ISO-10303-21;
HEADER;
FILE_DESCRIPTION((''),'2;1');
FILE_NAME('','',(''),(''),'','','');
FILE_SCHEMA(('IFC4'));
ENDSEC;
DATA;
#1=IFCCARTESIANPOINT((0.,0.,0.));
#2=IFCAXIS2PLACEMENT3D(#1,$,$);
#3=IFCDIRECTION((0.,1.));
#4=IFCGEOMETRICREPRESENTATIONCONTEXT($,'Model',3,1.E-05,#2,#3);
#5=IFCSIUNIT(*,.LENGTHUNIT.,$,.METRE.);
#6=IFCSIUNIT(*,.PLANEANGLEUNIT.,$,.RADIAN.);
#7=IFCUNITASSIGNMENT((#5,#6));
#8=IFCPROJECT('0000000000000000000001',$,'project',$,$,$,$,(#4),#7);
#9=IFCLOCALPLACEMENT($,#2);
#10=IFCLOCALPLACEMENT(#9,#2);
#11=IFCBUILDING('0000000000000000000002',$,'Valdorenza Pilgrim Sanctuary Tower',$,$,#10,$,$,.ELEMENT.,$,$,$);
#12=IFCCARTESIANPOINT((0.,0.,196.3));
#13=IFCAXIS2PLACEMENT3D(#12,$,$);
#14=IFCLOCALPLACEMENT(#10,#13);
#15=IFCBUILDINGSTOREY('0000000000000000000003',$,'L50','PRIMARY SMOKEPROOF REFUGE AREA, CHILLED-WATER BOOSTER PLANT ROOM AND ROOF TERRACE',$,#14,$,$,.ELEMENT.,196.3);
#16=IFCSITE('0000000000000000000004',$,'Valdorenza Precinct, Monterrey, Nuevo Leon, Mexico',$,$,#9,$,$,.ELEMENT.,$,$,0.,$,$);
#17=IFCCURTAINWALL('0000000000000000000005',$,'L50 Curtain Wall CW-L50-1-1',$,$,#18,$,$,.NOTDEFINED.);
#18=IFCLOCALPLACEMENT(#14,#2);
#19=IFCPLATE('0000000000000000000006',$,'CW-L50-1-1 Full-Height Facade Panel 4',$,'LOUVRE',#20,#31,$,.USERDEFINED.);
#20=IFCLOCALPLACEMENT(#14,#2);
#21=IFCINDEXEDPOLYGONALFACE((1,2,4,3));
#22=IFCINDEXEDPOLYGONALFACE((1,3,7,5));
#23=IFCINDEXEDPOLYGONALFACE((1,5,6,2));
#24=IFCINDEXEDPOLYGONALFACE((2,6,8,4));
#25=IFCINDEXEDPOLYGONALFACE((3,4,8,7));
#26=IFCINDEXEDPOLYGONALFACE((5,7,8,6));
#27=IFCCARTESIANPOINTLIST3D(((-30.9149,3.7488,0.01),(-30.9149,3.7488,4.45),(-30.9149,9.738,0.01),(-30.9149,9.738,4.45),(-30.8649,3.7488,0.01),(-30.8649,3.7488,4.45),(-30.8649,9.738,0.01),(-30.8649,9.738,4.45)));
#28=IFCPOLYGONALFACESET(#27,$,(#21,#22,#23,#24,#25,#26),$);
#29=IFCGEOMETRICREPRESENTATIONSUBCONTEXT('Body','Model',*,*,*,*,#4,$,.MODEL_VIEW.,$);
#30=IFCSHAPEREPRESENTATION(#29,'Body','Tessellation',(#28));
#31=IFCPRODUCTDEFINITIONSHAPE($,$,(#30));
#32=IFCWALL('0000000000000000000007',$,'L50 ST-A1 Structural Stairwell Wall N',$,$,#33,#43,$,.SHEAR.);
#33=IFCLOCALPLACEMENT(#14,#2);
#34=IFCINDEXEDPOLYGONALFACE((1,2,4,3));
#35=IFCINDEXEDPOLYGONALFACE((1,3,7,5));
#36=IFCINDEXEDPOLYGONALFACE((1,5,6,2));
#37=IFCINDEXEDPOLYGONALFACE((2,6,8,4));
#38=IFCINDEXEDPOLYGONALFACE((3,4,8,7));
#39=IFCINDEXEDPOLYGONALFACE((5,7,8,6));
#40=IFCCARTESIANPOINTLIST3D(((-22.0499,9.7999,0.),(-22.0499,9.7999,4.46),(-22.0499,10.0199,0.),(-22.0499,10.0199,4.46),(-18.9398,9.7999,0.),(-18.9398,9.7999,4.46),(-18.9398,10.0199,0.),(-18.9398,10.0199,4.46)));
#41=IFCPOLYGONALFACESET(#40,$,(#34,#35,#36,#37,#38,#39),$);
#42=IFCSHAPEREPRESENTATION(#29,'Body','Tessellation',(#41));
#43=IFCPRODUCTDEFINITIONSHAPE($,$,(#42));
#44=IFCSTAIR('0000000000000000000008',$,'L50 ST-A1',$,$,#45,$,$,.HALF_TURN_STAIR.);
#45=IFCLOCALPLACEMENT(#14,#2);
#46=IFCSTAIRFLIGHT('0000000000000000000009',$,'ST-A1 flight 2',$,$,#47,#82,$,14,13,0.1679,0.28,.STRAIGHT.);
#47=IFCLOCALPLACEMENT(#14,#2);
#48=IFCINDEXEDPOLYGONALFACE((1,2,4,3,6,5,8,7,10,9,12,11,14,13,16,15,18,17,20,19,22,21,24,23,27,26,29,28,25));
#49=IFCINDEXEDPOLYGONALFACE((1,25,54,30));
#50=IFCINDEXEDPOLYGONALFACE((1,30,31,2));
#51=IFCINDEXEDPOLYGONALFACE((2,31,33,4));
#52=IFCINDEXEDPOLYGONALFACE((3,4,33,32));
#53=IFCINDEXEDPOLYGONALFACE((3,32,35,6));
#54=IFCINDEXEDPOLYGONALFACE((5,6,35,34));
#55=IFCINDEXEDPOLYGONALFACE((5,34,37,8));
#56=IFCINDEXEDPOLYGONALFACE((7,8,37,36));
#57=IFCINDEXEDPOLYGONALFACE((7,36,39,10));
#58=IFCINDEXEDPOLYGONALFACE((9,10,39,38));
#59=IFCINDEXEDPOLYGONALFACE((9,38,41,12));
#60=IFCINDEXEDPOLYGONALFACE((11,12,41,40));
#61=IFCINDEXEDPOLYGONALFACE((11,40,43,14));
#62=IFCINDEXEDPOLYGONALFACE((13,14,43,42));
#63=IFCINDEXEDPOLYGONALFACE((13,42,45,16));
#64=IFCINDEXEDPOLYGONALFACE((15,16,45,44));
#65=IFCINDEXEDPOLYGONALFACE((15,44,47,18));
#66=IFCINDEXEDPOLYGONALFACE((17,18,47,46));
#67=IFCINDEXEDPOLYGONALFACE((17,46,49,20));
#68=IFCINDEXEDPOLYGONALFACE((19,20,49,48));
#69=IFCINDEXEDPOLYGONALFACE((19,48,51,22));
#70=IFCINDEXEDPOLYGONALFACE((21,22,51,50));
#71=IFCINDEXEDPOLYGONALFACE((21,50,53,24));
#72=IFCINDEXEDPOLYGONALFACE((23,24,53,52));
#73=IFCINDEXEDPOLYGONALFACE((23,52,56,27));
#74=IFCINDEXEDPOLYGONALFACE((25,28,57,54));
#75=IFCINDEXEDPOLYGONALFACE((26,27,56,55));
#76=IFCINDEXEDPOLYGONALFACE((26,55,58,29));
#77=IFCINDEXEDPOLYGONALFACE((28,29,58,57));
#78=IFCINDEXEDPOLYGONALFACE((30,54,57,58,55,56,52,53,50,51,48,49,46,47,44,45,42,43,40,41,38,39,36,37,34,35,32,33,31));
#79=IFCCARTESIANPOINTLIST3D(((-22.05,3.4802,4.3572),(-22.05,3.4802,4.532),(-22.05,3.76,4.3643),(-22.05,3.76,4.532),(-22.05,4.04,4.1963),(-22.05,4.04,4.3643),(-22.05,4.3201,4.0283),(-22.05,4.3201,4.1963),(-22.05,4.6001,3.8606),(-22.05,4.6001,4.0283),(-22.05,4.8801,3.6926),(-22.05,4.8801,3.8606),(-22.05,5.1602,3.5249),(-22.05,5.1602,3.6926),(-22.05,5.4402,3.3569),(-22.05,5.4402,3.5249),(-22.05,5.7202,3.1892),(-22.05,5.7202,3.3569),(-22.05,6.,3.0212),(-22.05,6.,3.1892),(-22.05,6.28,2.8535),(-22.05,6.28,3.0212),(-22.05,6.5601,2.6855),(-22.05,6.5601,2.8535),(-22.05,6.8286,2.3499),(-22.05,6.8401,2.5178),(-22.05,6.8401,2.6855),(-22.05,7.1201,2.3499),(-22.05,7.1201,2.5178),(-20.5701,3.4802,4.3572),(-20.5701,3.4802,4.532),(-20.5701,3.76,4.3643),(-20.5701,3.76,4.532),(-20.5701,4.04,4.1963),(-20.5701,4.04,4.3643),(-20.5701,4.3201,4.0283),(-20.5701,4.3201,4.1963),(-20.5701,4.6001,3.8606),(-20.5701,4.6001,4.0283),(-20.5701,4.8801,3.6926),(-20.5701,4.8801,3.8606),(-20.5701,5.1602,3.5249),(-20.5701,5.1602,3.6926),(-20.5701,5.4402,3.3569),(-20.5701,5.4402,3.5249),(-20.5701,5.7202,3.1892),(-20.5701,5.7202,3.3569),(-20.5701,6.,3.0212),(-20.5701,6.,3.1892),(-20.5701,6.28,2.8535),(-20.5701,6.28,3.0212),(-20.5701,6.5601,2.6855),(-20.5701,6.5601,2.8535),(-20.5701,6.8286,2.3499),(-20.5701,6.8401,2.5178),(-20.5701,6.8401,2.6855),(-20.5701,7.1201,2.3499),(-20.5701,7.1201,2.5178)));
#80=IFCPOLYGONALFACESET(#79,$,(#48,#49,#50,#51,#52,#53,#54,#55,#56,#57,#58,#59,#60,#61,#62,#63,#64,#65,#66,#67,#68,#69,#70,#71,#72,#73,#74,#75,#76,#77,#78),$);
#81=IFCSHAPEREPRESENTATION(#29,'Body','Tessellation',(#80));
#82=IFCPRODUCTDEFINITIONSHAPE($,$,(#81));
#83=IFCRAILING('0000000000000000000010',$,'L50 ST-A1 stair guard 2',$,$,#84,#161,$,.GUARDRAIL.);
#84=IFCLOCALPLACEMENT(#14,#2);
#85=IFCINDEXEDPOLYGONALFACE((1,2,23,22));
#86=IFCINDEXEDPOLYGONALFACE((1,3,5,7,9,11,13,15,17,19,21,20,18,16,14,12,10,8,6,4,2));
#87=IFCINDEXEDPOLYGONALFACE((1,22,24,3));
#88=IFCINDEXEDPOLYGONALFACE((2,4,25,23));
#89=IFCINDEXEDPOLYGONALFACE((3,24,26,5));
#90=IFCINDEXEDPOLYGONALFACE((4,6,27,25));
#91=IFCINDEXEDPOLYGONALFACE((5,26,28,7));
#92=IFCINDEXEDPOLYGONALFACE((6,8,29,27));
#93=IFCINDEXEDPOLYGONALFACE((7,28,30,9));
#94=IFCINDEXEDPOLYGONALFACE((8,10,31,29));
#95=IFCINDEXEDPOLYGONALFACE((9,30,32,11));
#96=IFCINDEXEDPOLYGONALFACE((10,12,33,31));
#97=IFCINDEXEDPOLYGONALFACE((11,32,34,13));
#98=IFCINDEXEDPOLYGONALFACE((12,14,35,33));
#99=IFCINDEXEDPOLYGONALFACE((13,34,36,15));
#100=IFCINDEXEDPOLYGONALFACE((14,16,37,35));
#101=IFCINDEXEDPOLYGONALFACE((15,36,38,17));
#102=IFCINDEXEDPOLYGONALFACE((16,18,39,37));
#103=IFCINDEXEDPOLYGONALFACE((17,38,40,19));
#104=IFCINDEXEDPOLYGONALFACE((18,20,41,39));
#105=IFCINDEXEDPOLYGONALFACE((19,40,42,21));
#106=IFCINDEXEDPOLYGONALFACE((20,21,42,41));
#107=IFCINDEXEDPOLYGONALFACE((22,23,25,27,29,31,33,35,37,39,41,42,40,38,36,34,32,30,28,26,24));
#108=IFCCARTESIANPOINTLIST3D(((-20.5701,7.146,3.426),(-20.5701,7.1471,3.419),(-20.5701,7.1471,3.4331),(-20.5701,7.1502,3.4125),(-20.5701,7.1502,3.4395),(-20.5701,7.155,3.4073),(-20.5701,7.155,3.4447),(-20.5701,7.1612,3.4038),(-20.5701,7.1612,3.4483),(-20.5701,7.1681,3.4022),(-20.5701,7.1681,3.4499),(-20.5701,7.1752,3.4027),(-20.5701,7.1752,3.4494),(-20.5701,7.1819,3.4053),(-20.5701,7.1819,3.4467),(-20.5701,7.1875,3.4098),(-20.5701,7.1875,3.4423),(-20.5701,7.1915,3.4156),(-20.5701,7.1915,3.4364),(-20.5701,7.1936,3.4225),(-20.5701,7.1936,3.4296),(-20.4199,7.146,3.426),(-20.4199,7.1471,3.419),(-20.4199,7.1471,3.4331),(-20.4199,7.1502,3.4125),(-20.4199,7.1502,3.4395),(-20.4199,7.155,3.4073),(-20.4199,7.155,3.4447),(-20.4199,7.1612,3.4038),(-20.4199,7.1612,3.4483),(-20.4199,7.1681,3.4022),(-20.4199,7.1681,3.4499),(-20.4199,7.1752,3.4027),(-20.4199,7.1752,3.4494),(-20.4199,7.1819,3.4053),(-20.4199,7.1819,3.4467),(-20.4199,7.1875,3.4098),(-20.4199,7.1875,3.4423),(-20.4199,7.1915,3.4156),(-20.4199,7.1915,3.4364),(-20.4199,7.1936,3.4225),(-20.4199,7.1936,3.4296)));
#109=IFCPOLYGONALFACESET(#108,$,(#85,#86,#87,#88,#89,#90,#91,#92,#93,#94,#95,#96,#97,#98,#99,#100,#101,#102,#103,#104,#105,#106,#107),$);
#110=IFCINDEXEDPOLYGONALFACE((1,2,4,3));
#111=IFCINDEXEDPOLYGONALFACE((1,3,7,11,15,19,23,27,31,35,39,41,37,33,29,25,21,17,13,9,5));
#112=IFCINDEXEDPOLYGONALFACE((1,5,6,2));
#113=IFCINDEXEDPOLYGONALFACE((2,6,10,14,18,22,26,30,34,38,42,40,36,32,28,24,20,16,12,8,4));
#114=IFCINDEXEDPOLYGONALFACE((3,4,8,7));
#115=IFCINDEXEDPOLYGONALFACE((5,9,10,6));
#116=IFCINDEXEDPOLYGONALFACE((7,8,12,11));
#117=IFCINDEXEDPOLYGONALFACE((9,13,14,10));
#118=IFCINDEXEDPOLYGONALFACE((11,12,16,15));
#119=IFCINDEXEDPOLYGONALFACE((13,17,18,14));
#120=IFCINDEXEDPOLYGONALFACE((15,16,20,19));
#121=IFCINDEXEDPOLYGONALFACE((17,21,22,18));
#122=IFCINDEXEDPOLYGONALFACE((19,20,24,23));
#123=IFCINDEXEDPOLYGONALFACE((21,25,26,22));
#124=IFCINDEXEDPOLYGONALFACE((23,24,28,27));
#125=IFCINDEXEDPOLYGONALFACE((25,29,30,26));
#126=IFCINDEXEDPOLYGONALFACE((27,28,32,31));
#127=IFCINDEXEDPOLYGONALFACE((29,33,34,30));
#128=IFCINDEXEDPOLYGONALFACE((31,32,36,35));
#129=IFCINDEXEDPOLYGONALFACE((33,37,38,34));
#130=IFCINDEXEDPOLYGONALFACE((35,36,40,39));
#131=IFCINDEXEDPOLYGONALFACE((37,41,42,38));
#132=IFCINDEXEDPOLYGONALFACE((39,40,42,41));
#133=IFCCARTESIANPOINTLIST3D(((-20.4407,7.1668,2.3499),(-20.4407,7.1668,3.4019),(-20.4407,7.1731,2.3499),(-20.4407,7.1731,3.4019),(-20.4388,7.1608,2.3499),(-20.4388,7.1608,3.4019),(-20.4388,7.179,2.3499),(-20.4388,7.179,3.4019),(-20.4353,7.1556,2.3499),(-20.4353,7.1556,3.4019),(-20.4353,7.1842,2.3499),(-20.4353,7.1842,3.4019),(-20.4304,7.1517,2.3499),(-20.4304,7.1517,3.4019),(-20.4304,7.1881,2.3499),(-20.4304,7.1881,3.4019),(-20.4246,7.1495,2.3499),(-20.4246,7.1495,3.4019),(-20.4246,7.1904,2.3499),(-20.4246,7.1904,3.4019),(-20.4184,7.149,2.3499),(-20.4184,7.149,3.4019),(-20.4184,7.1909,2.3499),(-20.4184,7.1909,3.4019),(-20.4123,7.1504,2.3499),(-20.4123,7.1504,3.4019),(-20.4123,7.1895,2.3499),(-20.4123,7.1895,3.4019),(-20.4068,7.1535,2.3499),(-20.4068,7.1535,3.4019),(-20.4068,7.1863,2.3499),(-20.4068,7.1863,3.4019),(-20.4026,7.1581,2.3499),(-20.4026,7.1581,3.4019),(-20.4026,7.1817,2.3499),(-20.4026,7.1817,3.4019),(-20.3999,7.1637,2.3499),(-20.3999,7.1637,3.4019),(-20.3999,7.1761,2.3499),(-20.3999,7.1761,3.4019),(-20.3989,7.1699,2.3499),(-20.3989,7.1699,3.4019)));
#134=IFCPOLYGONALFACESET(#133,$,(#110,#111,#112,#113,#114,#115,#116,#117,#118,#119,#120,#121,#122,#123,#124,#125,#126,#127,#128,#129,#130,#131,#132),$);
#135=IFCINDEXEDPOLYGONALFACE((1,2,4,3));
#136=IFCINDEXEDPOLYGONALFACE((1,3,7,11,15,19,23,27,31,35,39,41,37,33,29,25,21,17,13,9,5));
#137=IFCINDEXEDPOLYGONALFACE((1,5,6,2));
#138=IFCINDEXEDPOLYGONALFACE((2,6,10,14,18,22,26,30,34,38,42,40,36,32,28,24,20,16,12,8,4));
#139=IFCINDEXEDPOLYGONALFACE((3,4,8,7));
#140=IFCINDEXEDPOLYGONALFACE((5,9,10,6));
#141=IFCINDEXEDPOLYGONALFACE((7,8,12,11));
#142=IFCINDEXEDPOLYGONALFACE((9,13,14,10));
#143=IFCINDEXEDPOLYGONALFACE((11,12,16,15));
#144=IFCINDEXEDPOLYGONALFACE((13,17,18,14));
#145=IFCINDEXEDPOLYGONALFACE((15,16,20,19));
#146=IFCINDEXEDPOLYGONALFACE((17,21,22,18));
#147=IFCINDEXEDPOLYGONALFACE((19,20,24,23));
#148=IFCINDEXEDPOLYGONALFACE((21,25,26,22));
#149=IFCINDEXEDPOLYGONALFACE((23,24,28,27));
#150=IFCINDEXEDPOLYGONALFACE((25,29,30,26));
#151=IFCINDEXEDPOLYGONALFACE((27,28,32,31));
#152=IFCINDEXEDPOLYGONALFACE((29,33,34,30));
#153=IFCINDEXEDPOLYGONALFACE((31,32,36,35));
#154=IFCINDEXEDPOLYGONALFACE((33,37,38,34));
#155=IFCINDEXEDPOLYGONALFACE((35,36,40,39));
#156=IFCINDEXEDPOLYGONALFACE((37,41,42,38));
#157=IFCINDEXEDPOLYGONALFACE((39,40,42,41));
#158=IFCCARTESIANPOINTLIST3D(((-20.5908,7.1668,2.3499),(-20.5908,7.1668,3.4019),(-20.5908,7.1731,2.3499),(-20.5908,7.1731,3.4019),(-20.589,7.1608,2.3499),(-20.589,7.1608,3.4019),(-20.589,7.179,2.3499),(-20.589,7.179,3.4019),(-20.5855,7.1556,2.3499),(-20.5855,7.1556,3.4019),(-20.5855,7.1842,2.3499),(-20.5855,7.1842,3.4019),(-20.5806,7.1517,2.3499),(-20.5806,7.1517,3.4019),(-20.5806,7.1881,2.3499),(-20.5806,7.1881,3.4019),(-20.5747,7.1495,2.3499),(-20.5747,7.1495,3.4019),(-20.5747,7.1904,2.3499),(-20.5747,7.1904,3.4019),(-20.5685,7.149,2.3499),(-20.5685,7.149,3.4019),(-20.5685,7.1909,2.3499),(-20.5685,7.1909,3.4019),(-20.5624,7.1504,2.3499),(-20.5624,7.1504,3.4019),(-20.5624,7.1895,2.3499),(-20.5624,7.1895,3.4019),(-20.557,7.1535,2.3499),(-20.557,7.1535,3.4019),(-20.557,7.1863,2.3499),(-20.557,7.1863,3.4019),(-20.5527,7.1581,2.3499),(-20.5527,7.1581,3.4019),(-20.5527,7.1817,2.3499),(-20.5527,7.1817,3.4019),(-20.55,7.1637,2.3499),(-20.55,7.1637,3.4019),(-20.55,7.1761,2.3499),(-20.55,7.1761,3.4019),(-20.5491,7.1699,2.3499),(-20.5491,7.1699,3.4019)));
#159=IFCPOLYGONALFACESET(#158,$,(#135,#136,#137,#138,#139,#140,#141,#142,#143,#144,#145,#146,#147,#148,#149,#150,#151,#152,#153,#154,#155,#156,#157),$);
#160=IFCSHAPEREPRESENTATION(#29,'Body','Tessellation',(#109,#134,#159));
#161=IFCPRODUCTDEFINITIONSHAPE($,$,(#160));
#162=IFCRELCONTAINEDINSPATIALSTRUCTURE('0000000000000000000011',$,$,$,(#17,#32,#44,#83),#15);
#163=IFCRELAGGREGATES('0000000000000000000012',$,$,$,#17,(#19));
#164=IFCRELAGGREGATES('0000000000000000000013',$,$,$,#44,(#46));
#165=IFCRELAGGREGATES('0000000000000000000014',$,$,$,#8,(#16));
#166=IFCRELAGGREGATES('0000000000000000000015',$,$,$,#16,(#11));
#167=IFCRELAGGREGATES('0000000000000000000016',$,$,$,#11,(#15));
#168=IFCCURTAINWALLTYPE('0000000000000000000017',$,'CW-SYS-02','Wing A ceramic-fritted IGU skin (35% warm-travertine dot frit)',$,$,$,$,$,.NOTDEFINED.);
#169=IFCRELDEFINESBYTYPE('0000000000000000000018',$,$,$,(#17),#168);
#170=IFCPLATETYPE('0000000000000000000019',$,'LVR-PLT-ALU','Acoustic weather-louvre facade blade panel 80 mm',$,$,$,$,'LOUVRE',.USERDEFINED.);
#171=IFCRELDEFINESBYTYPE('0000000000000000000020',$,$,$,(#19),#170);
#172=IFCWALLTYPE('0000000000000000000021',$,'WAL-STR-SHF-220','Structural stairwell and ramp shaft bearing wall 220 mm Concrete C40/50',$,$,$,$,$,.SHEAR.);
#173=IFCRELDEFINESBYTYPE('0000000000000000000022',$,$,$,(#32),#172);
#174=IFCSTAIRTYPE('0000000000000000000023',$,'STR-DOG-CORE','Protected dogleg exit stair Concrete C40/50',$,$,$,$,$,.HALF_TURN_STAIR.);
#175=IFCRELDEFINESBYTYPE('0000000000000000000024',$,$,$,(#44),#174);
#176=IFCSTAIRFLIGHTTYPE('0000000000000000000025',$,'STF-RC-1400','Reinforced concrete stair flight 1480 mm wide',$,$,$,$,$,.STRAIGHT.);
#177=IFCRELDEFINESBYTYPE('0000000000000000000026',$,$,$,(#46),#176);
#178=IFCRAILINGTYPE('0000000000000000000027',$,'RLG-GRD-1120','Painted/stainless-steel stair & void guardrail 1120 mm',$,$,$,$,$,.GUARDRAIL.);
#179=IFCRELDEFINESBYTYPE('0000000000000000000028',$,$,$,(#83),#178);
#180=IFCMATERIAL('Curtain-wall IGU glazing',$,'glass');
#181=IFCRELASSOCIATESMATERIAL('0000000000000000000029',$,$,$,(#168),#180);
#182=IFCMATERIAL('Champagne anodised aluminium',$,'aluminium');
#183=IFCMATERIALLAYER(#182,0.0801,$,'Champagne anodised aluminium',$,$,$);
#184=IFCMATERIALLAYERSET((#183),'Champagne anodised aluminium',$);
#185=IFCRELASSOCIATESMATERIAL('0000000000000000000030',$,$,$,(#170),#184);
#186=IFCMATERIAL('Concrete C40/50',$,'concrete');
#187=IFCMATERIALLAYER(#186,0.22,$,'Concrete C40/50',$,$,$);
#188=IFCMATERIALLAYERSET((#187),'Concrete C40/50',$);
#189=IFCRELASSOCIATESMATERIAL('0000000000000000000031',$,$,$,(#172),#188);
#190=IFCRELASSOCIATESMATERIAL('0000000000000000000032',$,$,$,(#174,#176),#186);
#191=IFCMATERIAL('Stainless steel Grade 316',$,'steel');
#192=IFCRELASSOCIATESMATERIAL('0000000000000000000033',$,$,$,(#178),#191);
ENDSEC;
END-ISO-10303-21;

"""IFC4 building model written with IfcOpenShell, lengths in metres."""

from ifc_helpers import new_model, si_unit, direction, frame, frame_2d, origin, origin_2d, place, context, subcontext, project, spatial, polyline, rectangle, circle, outline, extrude, source, transform, mapped, material, layer, layer_set, type_object, element, aggregate, save


model = new_model("IFC4")

# Units and contexts
model_context = context("Model", 3, precision=1e-05, world=origin(), true_north=direction((0.0, 1.0)))
body_context = subcontext(model_context, "Body", "Model", "MODEL_VIEW")
ifc_project = project(units=[si_unit("LENGTHUNIT", "METRE"), si_unit("PLANEANGLEUNIT", "RADIAN")], contexts=[model_context])

# Site, building, storey
site_placement = place(None, origin())
site = spatial("IfcSite", under=ifc_project, at=site_placement, Name="Valdorenza Precinct, Monterrey, Nuevo Leon, Mexico", CompositionType="ELEMENT", RefElevation=0.0)
building_placement = place(site_placement, origin())
building = spatial("IfcBuilding", under=site, at=building_placement, Name="Valdorenza Pilgrim Sanctuary Tower", CompositionType="ELEMENT")
storey_placement = place(building_placement, frame((0.0, 0.0, 196.3)))
storey = spatial("IfcBuildingStorey", under=building, at=storey_placement, Name="L50", Description="PRIMARY SMOKEPROOF REFUGE AREA, CHILLED-WATER BOOSTER PLANT ROOM AND ROOF TERRACE", CompositionType="ELEMENT", Elevation=196.3)

# Curtain wall
ifc_material_1 = material(Name="Curtain-wall IGU glazing", Category="glass")
curtain_wall_type = type_object("IfcCurtainWallType", Name="CW-SYS-02", Description="Wing A ceramic-fritted IGU skin (35% warm-travertine dot frit)", PredefinedType="NOTDEFINED", material=ifc_material_1)
curtain_wall_placement = place(storey_placement, origin())
curtain_wall = element("IfcCurtainWall", 1, at=curtain_wall_placement, inside=storey, type_object=curtain_wall_type, Name="L50 Curtain Wall CW-L50-1-1", PredefinedType="NOTDEFINED")

# Plate
ifc_material_2 = material(Name="Champagne anodised aluminium", Category="aluminium")
ifc_layer_1 = layer(ifc_material_2, 0.0801, Name="Champagne anodised aluminium")
ifc_layer_set_1 = layer_set([ifc_layer_1], Name="Champagne anodised aluminium")
plate_type_1 = type_object("IfcPlateType", Name="LVR-PLT-ALU", Description="Acoustic weather-louvre facade blade panel 80 mm", ElementType="LOUVRE", PredefinedType="USERDEFINED", material=ifc_layer_set_1)
shared_shape_1 = source(origin(), body_context, "Body", "SweptSolid", [
    extrude(rectangle(XDim=5.9893, YDim=0.05, at=origin_2d()), origin(), (0.0, 0.0, 1.0), 4.4399),
])
plate_1_placement = place(storey_placement, frame((-30.8899, 6.7434, 0.01), z_axis=(0.0, 0.0, 1.0), x_axis=(0.0, 1.0, 0.0)))
plate_1 = element("IfcPlate", 2, at=plate_1_placement, type_object=plate_type_1, Name="CW-L50-1-1 Full-Height Facade Panel 4", ObjectType="LOUVRE", PredefinedType="USERDEFINED", context=body_context, shape_type="MappedRepresentation", body=[
    mapped(shared_shape_1, transform((0.0, 0.0, 0.0), x_axis=(1.0, 0.0, 0.0), y_axis=(0.0, 1.0, 0.0), z_axis=(0.0, 0.0, 1.0), scale=1.0)),
])
aggregate(curtain_wall, [plate_1])

# Wall
ifc_material_3 = material(Name="Concrete C40/50", Category="concrete")
ifc_layer_2 = layer(ifc_material_3, 0.22, Name="Concrete C40/50")
ifc_layer_set_2 = layer_set([ifc_layer_2], Name="Concrete C40/50")
wall_type = type_object("IfcWallType", Name="WAL-STR-SHF-220", Description="Structural stairwell and ramp shaft bearing wall 220 mm Concrete C40/50", PredefinedType="SHEAR", material=ifc_layer_set_2)
wall_placement = place(storey_placement, frame((-22.05, 9.9099, 0.0), z_axis=(0.0, 0.0, 1.0), x_axis=(1.0, 0.0, 0.0)))
element("IfcWall", 3, at=wall_placement, inside=storey, type_object=wall_type, Name="L50 ST-A1 Structural Stairwell Wall N", PredefinedType="SHEAR", context=body_context, shape_type="SweptSolid", body=[
    extrude(rectangle(XDim=3.1101, YDim=0.22, at=frame_2d((1.5552, 0.0))), origin(), (0.0, 0.0, 1.0), 4.46),
])

# Stair, stair flight
stair_type = type_object("IfcStairType", Name="STR-DOG-CORE", Description="Protected dogleg exit stair Concrete C40/50", PredefinedType="HALF_TURN_STAIR", material=ifc_material_3)
stair_placement = place(storey_placement, origin())
stair = element("IfcStair", 4, at=stair_placement, inside=storey, type_object=stair_type, Name="L50 ST-A1", PredefinedType="HALF_TURN_STAIR")
stair_flight_type = type_object("IfcStairFlightType", Name="STF-RC-1400", Description="Reinforced concrete stair flight 1480 mm wide", PredefinedType="STRAIGHT", material=ifc_material_3)
stair_flight_placement = place(storey_placement, frame((-21.3101, 7.1201, 2.3499), z_axis=(0.0, 0.0, 1.0), x_axis=(0.0, -1.0, 0.0)))
stair_flight = element("IfcStairFlight", 5, at=stair_flight_placement, type_object=stair_flight_type, Name="ST-A1 flight 2", NumberOfRisers=14, NumberOfTreads=13, PredefinedType="STRAIGHT", RiserHeight=0.1679, TreadLength=0.28, context=body_context, shape_type="SweptSolid", body=[
    extrude(outline(polyline([(0.0, 0.0), (0.0, 0.168), (0.28, 0.168), (0.28, 0.3357), (0.5601, 0.3357), (0.5601, 0.5037), (0.8401, 0.5037), (0.8401, 0.6714), (1.1201, 0.6714), (1.1201, 0.8394), (1.3999, 0.8394), (1.3999, 1.0071), (1.6799, 1.0071), (1.6799, 1.175), (1.96, 1.175), (1.96, 1.3428), (2.24, 1.3428), (2.24, 1.5107), (2.52, 1.5107), (2.52, 1.6785), (2.8, 1.6785), (2.8, 1.8464), (3.0801, 1.8464), (3.0801, 2.0144), (3.3601, 2.0144), (3.3601, 2.1821), (3.6399, 2.1821), (3.6399, 2.3501), (3.6399, 2.0073), (0.2915, 0.0), (0.0, 0.0)])), frame((0.0, 0.74, 0.0), z_axis=(0.0, -1.0, 0.0), x_axis=(1.0, 0.0, 0.0)), (0.0, 0.0, 1.0), 1.48),
])
aggregate(stair, [stair_flight])

# Railing
ifc_material_4 = material(Name="Stainless steel Grade 316", Category="steel")
railing_type_1 = type_object("IfcRailingType", Name="RLG-GRD-1120", Description="Painted/stainless-steel stair & void guardrail 1120 mm", PredefinedType="GUARDRAIL", material=ifc_material_4)
railing_1_placement = place(storey_placement, frame((-20.4199, 7.1699, 2.3499)))
element("IfcRailing", 6, at=railing_1_placement, inside=storey, type_object=railing_type_1, Name="L50 ST-A1 stair guard 2", PredefinedType="GUARDRAIL", context=body_context, shape_type="SweptSolid", body=[
    extrude(circle(Radius=0.0239, at=origin_2d()), frame((0.0, 0.0, 1.0762), z_axis=(-1.0, 0.0, 0.0), x_axis=(0.0, -1.0, 0.0)), (0.0, 0.0, 1.0), 0.1501),
    extrude(circle(Radius=0.021, at=origin_2d()), origin(), (0.0, 0.0, 1.0), 1.052),
    extrude(circle(Radius=0.021, at=origin_2d()), frame((-0.1501, 0.0, 0.0)), (0.0, 0.0, 1.0), 1.052),
])

save(model, "model.ifc")
